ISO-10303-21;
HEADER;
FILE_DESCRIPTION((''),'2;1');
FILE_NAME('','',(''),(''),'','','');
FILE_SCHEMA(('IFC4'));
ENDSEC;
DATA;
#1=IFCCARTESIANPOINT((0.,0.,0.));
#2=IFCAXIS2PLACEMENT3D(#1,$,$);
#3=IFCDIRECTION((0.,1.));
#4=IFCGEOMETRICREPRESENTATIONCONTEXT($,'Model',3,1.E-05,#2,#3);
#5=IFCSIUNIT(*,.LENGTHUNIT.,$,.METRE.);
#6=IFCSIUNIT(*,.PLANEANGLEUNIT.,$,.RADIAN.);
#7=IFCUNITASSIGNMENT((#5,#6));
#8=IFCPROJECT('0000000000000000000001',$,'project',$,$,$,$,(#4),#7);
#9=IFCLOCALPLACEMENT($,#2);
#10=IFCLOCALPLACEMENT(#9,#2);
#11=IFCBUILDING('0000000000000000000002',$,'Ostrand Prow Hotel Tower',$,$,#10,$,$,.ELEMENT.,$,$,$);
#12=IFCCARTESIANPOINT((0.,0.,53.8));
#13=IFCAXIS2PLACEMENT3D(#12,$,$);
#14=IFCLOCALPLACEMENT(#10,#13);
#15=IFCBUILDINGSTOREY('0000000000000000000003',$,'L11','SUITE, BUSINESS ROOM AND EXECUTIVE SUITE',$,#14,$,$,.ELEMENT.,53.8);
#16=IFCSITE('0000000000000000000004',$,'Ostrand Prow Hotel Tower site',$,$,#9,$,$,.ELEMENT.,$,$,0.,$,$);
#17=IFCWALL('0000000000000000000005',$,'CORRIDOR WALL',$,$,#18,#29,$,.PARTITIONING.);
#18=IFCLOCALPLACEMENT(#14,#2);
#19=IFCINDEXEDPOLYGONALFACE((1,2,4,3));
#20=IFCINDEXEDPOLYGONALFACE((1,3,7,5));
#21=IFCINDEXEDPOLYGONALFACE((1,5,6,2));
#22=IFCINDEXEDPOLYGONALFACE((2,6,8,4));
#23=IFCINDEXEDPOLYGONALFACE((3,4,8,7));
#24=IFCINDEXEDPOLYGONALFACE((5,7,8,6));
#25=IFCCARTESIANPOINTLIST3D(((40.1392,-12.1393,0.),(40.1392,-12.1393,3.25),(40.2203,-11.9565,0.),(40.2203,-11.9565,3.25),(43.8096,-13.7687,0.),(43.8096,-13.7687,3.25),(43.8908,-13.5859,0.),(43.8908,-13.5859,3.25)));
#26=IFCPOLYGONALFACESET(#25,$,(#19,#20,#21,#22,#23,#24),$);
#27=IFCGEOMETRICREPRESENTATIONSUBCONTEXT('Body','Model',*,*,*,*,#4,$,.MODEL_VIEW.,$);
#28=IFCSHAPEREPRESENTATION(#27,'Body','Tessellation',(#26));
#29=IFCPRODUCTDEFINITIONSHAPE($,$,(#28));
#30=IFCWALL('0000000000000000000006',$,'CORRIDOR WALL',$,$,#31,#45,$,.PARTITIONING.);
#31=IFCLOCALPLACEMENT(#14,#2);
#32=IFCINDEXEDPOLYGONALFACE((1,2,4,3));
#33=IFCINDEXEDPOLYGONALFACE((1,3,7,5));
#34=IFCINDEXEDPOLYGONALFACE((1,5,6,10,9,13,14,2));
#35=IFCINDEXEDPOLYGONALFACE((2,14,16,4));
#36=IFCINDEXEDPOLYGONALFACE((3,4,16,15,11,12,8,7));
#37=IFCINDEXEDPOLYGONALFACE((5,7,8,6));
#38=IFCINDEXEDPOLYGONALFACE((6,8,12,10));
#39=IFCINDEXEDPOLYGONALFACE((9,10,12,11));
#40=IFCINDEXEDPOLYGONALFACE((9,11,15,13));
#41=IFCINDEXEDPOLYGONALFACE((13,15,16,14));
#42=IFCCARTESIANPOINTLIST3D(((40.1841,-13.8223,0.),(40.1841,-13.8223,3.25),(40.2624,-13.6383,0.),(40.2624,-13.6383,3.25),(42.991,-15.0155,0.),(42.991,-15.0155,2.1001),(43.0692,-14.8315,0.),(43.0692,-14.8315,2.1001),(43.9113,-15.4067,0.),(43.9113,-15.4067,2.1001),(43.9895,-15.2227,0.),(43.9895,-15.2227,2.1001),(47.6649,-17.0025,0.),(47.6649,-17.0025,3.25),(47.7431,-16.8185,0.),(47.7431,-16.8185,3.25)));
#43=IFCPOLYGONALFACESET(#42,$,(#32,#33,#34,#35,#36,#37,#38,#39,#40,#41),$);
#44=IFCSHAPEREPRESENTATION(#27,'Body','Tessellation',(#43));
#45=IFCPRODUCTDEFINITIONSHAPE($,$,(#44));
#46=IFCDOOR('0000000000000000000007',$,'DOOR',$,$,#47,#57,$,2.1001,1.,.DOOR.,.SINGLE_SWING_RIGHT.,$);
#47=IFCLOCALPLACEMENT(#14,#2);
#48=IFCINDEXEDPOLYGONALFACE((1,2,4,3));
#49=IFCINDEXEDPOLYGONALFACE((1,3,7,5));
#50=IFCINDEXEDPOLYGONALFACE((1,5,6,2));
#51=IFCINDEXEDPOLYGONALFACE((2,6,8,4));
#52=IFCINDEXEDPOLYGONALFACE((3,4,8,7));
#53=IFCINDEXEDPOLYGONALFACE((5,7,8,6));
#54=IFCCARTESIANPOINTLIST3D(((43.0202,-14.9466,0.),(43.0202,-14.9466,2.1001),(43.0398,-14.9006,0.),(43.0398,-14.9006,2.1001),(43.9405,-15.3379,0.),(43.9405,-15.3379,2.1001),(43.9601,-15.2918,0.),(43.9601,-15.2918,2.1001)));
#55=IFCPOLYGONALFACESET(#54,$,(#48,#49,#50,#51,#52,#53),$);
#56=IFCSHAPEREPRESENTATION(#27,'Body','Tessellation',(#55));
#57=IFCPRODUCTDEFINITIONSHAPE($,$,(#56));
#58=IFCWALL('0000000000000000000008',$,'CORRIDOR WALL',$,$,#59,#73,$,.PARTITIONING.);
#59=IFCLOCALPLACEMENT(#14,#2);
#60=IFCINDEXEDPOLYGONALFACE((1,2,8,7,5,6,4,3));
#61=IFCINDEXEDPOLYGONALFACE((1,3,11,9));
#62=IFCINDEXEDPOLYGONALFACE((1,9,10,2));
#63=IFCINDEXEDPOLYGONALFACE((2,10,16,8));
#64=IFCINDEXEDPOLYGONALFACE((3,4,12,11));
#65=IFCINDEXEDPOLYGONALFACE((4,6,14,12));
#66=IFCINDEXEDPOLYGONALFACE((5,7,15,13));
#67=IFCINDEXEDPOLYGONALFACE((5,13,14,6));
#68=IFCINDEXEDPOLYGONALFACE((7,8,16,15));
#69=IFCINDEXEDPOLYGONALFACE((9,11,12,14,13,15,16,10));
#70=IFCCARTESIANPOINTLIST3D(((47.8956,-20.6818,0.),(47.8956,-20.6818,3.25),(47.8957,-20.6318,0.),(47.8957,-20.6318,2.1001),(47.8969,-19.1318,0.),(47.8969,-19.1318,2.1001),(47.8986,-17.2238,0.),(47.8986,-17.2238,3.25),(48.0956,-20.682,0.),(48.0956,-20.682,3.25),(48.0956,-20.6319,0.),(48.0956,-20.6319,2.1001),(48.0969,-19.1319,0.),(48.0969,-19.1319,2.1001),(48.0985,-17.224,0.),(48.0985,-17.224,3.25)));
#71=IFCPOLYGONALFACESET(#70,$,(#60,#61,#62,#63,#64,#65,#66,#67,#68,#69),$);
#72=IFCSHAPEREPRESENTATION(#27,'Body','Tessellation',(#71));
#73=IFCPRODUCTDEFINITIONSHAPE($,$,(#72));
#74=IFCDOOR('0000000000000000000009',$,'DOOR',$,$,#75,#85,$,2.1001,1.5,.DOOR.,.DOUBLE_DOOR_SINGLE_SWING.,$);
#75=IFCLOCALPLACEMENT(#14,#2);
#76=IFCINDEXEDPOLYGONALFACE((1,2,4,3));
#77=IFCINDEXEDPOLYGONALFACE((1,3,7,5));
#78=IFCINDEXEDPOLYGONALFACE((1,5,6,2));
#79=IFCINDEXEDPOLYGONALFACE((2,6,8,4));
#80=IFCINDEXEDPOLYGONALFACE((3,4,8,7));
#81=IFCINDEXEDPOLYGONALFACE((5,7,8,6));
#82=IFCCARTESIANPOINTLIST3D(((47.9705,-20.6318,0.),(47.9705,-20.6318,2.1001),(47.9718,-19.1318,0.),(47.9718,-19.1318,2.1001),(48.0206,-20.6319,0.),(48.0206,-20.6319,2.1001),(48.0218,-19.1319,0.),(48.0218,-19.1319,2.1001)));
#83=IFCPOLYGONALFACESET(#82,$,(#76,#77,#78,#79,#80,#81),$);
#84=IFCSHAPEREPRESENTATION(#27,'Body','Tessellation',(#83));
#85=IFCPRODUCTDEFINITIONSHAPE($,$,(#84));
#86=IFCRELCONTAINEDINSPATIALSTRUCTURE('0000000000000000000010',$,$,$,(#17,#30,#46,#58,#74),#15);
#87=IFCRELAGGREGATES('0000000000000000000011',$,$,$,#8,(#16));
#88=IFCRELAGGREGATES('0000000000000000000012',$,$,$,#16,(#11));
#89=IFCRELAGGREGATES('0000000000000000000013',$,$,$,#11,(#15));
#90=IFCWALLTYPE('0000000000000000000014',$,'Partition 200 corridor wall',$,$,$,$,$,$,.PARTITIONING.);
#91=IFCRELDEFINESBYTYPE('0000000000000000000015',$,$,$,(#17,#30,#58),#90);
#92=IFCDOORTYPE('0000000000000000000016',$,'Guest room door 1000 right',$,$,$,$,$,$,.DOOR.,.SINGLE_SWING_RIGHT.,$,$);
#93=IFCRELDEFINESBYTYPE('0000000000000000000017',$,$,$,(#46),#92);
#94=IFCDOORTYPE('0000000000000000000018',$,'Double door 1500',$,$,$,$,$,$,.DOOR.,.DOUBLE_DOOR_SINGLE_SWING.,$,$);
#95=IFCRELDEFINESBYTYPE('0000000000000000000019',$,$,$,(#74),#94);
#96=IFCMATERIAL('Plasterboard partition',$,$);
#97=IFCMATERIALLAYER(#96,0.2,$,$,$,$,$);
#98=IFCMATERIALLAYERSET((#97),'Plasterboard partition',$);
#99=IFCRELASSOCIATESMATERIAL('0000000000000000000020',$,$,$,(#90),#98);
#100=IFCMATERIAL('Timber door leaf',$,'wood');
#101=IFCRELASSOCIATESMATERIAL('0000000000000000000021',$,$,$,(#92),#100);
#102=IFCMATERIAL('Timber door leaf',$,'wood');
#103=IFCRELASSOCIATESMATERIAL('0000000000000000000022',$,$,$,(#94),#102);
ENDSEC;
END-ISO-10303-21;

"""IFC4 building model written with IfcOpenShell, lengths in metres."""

from ifc_helpers import new_model, si_unit, direction, frame, frame_2d, origin, place, context, subcontext, project, spatial, rectangle, extrude, material, layer, layer_set, type_object, element, fill, save


model = new_model("IFC4")

# Units and contexts
model_context = context("Model", 3, precision=1e-05, world=origin(), true_north=direction((0.0, 1.0)))
body_context = subcontext(model_context, "Body", "Model", "MODEL_VIEW")
ifc_project = project(units=[si_unit("LENGTHUNIT", "METRE"), si_unit("PLANEANGLEUNIT", "RADIAN")], contexts=[model_context])

# Site, building, storey
site_placement = place(None, origin())
site = spatial("IfcSite", under=ifc_project, at=site_placement, Name="Ostrand Prow Hotel Tower site", CompositionType="ELEMENT", RefElevation=0.0)
building_placement = place(site_placement, origin())
building = spatial("IfcBuilding", under=site, at=building_placement, Name="Ostrand Prow Hotel Tower", CompositionType="ELEMENT")
storey_placement = place(building_placement, frame((0.0, 0.0, 53.8)))
storey = spatial("IfcBuildingStorey", under=building, at=storey_placement, Name="L11", Description="SUITE, BUSINESS ROOM AND EXECUTIVE SUITE", CompositionType="ELEMENT", Elevation=53.8)

# Wall
ifc_material_1 = material(Name="Plasterboard partition")
ifc_layer_1 = layer(ifc_material_1, 0.2)
ifc_layer_set_1 = layer_set([ifc_layer_1], Name="Plasterboard partition")
wall_type_1 = type_object("IfcWallType", Name="Partition 200 corridor wall", PredefinedType="PARTITIONING", material=ifc_layer_set_1)
wall_1_placement = place(storey_placement, frame((43.8501, -13.6772, 0.0), z_axis=(0.0, 0.0, 1.0), x_axis=(-0.913987, 0.405744, 0.0)))
element("IfcWall", 1, at=wall_1_placement, inside=storey, type_object=wall_type_1, Name="CORRIDOR WALL", PredefinedType="PARTITIONING", context=body_context, shape_type="SweptSolid", body=[
    extrude(rectangle(XDim=4.0159, YDim=0.2, at=frame_2d((2.0078, 0.0))), origin(), (0.0, 0.0, 1.0), 3.25),
])

# Walls, openings, doors
wall_2_placement = place(storey_placement, frame((40.2231, -13.7302, 0.0), z_axis=(0.0, 0.0, 1.0), x_axis=(0.920292, -0.391232, 0.0)))
wall_2 = element("IfcWall", 2, at=wall_2_placement, inside=storey, type_object=wall_type_1, Name="CORRIDOR WALL", PredefinedType="PARTITIONING", context=body_context, shape_type="SweptSolid", body=[
    extrude(rectangle(XDim=8.1287, YDim=0.2, at=frame_2d((4.0645, 0.0))), origin(), (0.0, 0.0, 1.0), 3.25),
])
opening_1_placement = place(wall_2_placement, frame((3.05, 0.0, 0.0)))
opening_1 = element("IfcOpeningElement", 3, at=opening_1_placement, cuts=wall_2, PredefinedType="OPENING", context=body_context, shape_type="SweptSolid", body=[
    extrude(rectangle(XDim=1.0, YDim=2.1001, at=frame_2d((0.5, 1.05))), frame((0.0, 0.1099, 0.0), z_axis=(0.0, -1.0, 0.0), x_axis=(1.0, 0.0, 0.0)), (0.0, 0.0, 1.0), 0.22),
])
ifc_material_2 = material(Name="Timber door leaf", Category="wood")
door_type_1 = type_object("IfcDoorType", Name="Guest room door 1000 right", OperationType="SINGLE_SWING_RIGHT", PredefinedType="DOOR", material=ifc_material_2)
door_1_placement = place(opening_1_placement, origin())
door_1 = element("IfcDoor", 4, at=door_1_placement, inside=storey, type_object=door_type_1, Name="DOOR", OperationType="SINGLE_SWING_RIGHT", OverallHeight=2.1001, OverallWidth=1.0, PredefinedType="DOOR", context=body_context, shape_type="SweptSolid", body=[
    extrude(rectangle(XDim=1.0, YDim=2.1001, at=frame_2d((0.5, 1.05))), frame((0.0, 0.0249, 0.0), z_axis=(0.0, -1.0, 0.0), x_axis=(1.0, 0.0, 0.0)), (0.0, 0.0, 1.0), 0.05),
])
fill(opening_1, door_1)
wall_3_placement = place(storey_placement, frame((47.9985, -17.2239, 0.0), z_axis=(0.0, 0.0, 1.0), x_axis=(-0.000847, -1.0, 0.0)))
wall_3 = element("IfcWall", 5, at=wall_3_placement, inside=storey, type_object=wall_type_1, Name="CORRIDOR WALL", PredefinedType="PARTITIONING", context=body_context, shape_type="SweptSolid", body=[
    extrude(rectangle(XDim=3.458, YDim=0.2, at=frame_2d((1.729, 0.0))), origin(), (0.0, 0.0, 1.0), 3.25),
])
opening_2_placement = place(wall_3_placement, frame((1.908, 0.0, 0.0)))
opening_2 = element("IfcOpeningElement", 6, at=opening_2_placement, cuts=wall_3, PredefinedType="OPENING", context=body_context, shape_type="SweptSolid", body=[
    extrude(rectangle(XDim=1.5, YDim=2.1001, at=frame_2d((0.75, 1.05))), frame((0.0, 0.1099, 0.0), z_axis=(0.0, -1.0, 0.0), x_axis=(1.0, 0.0, 0.0)), (0.0, 0.0, 1.0), 0.22),
])
ifc_material_3 = material(Name="Timber door leaf", Category="wood")
door_type_2 = type_object("IfcDoorType", Name="Double door 1500", OperationType="DOUBLE_DOOR_SINGLE_SWING", PredefinedType="DOOR", material=ifc_material_3)
door_2_placement = place(opening_2_placement, origin())
door_2 = element("IfcDoor", 7, at=door_2_placement, inside=storey, type_object=door_type_2, Name="DOOR", OperationType="DOUBLE_DOOR_SINGLE_SWING", OverallHeight=2.1001, OverallWidth=1.5, PredefinedType="DOOR", context=body_context, shape_type="SweptSolid", body=[
    extrude(rectangle(XDim=1.5, YDim=2.1001, at=frame_2d((0.75, 1.05))), frame((0.0, 0.0249, 0.0), z_axis=(0.0, -1.0, 0.0), x_axis=(1.0, 0.0, 0.0)), (0.0, 0.0, 1.0), 0.05),
])
fill(opening_2, door_2)

save(model, "model.ifc")
